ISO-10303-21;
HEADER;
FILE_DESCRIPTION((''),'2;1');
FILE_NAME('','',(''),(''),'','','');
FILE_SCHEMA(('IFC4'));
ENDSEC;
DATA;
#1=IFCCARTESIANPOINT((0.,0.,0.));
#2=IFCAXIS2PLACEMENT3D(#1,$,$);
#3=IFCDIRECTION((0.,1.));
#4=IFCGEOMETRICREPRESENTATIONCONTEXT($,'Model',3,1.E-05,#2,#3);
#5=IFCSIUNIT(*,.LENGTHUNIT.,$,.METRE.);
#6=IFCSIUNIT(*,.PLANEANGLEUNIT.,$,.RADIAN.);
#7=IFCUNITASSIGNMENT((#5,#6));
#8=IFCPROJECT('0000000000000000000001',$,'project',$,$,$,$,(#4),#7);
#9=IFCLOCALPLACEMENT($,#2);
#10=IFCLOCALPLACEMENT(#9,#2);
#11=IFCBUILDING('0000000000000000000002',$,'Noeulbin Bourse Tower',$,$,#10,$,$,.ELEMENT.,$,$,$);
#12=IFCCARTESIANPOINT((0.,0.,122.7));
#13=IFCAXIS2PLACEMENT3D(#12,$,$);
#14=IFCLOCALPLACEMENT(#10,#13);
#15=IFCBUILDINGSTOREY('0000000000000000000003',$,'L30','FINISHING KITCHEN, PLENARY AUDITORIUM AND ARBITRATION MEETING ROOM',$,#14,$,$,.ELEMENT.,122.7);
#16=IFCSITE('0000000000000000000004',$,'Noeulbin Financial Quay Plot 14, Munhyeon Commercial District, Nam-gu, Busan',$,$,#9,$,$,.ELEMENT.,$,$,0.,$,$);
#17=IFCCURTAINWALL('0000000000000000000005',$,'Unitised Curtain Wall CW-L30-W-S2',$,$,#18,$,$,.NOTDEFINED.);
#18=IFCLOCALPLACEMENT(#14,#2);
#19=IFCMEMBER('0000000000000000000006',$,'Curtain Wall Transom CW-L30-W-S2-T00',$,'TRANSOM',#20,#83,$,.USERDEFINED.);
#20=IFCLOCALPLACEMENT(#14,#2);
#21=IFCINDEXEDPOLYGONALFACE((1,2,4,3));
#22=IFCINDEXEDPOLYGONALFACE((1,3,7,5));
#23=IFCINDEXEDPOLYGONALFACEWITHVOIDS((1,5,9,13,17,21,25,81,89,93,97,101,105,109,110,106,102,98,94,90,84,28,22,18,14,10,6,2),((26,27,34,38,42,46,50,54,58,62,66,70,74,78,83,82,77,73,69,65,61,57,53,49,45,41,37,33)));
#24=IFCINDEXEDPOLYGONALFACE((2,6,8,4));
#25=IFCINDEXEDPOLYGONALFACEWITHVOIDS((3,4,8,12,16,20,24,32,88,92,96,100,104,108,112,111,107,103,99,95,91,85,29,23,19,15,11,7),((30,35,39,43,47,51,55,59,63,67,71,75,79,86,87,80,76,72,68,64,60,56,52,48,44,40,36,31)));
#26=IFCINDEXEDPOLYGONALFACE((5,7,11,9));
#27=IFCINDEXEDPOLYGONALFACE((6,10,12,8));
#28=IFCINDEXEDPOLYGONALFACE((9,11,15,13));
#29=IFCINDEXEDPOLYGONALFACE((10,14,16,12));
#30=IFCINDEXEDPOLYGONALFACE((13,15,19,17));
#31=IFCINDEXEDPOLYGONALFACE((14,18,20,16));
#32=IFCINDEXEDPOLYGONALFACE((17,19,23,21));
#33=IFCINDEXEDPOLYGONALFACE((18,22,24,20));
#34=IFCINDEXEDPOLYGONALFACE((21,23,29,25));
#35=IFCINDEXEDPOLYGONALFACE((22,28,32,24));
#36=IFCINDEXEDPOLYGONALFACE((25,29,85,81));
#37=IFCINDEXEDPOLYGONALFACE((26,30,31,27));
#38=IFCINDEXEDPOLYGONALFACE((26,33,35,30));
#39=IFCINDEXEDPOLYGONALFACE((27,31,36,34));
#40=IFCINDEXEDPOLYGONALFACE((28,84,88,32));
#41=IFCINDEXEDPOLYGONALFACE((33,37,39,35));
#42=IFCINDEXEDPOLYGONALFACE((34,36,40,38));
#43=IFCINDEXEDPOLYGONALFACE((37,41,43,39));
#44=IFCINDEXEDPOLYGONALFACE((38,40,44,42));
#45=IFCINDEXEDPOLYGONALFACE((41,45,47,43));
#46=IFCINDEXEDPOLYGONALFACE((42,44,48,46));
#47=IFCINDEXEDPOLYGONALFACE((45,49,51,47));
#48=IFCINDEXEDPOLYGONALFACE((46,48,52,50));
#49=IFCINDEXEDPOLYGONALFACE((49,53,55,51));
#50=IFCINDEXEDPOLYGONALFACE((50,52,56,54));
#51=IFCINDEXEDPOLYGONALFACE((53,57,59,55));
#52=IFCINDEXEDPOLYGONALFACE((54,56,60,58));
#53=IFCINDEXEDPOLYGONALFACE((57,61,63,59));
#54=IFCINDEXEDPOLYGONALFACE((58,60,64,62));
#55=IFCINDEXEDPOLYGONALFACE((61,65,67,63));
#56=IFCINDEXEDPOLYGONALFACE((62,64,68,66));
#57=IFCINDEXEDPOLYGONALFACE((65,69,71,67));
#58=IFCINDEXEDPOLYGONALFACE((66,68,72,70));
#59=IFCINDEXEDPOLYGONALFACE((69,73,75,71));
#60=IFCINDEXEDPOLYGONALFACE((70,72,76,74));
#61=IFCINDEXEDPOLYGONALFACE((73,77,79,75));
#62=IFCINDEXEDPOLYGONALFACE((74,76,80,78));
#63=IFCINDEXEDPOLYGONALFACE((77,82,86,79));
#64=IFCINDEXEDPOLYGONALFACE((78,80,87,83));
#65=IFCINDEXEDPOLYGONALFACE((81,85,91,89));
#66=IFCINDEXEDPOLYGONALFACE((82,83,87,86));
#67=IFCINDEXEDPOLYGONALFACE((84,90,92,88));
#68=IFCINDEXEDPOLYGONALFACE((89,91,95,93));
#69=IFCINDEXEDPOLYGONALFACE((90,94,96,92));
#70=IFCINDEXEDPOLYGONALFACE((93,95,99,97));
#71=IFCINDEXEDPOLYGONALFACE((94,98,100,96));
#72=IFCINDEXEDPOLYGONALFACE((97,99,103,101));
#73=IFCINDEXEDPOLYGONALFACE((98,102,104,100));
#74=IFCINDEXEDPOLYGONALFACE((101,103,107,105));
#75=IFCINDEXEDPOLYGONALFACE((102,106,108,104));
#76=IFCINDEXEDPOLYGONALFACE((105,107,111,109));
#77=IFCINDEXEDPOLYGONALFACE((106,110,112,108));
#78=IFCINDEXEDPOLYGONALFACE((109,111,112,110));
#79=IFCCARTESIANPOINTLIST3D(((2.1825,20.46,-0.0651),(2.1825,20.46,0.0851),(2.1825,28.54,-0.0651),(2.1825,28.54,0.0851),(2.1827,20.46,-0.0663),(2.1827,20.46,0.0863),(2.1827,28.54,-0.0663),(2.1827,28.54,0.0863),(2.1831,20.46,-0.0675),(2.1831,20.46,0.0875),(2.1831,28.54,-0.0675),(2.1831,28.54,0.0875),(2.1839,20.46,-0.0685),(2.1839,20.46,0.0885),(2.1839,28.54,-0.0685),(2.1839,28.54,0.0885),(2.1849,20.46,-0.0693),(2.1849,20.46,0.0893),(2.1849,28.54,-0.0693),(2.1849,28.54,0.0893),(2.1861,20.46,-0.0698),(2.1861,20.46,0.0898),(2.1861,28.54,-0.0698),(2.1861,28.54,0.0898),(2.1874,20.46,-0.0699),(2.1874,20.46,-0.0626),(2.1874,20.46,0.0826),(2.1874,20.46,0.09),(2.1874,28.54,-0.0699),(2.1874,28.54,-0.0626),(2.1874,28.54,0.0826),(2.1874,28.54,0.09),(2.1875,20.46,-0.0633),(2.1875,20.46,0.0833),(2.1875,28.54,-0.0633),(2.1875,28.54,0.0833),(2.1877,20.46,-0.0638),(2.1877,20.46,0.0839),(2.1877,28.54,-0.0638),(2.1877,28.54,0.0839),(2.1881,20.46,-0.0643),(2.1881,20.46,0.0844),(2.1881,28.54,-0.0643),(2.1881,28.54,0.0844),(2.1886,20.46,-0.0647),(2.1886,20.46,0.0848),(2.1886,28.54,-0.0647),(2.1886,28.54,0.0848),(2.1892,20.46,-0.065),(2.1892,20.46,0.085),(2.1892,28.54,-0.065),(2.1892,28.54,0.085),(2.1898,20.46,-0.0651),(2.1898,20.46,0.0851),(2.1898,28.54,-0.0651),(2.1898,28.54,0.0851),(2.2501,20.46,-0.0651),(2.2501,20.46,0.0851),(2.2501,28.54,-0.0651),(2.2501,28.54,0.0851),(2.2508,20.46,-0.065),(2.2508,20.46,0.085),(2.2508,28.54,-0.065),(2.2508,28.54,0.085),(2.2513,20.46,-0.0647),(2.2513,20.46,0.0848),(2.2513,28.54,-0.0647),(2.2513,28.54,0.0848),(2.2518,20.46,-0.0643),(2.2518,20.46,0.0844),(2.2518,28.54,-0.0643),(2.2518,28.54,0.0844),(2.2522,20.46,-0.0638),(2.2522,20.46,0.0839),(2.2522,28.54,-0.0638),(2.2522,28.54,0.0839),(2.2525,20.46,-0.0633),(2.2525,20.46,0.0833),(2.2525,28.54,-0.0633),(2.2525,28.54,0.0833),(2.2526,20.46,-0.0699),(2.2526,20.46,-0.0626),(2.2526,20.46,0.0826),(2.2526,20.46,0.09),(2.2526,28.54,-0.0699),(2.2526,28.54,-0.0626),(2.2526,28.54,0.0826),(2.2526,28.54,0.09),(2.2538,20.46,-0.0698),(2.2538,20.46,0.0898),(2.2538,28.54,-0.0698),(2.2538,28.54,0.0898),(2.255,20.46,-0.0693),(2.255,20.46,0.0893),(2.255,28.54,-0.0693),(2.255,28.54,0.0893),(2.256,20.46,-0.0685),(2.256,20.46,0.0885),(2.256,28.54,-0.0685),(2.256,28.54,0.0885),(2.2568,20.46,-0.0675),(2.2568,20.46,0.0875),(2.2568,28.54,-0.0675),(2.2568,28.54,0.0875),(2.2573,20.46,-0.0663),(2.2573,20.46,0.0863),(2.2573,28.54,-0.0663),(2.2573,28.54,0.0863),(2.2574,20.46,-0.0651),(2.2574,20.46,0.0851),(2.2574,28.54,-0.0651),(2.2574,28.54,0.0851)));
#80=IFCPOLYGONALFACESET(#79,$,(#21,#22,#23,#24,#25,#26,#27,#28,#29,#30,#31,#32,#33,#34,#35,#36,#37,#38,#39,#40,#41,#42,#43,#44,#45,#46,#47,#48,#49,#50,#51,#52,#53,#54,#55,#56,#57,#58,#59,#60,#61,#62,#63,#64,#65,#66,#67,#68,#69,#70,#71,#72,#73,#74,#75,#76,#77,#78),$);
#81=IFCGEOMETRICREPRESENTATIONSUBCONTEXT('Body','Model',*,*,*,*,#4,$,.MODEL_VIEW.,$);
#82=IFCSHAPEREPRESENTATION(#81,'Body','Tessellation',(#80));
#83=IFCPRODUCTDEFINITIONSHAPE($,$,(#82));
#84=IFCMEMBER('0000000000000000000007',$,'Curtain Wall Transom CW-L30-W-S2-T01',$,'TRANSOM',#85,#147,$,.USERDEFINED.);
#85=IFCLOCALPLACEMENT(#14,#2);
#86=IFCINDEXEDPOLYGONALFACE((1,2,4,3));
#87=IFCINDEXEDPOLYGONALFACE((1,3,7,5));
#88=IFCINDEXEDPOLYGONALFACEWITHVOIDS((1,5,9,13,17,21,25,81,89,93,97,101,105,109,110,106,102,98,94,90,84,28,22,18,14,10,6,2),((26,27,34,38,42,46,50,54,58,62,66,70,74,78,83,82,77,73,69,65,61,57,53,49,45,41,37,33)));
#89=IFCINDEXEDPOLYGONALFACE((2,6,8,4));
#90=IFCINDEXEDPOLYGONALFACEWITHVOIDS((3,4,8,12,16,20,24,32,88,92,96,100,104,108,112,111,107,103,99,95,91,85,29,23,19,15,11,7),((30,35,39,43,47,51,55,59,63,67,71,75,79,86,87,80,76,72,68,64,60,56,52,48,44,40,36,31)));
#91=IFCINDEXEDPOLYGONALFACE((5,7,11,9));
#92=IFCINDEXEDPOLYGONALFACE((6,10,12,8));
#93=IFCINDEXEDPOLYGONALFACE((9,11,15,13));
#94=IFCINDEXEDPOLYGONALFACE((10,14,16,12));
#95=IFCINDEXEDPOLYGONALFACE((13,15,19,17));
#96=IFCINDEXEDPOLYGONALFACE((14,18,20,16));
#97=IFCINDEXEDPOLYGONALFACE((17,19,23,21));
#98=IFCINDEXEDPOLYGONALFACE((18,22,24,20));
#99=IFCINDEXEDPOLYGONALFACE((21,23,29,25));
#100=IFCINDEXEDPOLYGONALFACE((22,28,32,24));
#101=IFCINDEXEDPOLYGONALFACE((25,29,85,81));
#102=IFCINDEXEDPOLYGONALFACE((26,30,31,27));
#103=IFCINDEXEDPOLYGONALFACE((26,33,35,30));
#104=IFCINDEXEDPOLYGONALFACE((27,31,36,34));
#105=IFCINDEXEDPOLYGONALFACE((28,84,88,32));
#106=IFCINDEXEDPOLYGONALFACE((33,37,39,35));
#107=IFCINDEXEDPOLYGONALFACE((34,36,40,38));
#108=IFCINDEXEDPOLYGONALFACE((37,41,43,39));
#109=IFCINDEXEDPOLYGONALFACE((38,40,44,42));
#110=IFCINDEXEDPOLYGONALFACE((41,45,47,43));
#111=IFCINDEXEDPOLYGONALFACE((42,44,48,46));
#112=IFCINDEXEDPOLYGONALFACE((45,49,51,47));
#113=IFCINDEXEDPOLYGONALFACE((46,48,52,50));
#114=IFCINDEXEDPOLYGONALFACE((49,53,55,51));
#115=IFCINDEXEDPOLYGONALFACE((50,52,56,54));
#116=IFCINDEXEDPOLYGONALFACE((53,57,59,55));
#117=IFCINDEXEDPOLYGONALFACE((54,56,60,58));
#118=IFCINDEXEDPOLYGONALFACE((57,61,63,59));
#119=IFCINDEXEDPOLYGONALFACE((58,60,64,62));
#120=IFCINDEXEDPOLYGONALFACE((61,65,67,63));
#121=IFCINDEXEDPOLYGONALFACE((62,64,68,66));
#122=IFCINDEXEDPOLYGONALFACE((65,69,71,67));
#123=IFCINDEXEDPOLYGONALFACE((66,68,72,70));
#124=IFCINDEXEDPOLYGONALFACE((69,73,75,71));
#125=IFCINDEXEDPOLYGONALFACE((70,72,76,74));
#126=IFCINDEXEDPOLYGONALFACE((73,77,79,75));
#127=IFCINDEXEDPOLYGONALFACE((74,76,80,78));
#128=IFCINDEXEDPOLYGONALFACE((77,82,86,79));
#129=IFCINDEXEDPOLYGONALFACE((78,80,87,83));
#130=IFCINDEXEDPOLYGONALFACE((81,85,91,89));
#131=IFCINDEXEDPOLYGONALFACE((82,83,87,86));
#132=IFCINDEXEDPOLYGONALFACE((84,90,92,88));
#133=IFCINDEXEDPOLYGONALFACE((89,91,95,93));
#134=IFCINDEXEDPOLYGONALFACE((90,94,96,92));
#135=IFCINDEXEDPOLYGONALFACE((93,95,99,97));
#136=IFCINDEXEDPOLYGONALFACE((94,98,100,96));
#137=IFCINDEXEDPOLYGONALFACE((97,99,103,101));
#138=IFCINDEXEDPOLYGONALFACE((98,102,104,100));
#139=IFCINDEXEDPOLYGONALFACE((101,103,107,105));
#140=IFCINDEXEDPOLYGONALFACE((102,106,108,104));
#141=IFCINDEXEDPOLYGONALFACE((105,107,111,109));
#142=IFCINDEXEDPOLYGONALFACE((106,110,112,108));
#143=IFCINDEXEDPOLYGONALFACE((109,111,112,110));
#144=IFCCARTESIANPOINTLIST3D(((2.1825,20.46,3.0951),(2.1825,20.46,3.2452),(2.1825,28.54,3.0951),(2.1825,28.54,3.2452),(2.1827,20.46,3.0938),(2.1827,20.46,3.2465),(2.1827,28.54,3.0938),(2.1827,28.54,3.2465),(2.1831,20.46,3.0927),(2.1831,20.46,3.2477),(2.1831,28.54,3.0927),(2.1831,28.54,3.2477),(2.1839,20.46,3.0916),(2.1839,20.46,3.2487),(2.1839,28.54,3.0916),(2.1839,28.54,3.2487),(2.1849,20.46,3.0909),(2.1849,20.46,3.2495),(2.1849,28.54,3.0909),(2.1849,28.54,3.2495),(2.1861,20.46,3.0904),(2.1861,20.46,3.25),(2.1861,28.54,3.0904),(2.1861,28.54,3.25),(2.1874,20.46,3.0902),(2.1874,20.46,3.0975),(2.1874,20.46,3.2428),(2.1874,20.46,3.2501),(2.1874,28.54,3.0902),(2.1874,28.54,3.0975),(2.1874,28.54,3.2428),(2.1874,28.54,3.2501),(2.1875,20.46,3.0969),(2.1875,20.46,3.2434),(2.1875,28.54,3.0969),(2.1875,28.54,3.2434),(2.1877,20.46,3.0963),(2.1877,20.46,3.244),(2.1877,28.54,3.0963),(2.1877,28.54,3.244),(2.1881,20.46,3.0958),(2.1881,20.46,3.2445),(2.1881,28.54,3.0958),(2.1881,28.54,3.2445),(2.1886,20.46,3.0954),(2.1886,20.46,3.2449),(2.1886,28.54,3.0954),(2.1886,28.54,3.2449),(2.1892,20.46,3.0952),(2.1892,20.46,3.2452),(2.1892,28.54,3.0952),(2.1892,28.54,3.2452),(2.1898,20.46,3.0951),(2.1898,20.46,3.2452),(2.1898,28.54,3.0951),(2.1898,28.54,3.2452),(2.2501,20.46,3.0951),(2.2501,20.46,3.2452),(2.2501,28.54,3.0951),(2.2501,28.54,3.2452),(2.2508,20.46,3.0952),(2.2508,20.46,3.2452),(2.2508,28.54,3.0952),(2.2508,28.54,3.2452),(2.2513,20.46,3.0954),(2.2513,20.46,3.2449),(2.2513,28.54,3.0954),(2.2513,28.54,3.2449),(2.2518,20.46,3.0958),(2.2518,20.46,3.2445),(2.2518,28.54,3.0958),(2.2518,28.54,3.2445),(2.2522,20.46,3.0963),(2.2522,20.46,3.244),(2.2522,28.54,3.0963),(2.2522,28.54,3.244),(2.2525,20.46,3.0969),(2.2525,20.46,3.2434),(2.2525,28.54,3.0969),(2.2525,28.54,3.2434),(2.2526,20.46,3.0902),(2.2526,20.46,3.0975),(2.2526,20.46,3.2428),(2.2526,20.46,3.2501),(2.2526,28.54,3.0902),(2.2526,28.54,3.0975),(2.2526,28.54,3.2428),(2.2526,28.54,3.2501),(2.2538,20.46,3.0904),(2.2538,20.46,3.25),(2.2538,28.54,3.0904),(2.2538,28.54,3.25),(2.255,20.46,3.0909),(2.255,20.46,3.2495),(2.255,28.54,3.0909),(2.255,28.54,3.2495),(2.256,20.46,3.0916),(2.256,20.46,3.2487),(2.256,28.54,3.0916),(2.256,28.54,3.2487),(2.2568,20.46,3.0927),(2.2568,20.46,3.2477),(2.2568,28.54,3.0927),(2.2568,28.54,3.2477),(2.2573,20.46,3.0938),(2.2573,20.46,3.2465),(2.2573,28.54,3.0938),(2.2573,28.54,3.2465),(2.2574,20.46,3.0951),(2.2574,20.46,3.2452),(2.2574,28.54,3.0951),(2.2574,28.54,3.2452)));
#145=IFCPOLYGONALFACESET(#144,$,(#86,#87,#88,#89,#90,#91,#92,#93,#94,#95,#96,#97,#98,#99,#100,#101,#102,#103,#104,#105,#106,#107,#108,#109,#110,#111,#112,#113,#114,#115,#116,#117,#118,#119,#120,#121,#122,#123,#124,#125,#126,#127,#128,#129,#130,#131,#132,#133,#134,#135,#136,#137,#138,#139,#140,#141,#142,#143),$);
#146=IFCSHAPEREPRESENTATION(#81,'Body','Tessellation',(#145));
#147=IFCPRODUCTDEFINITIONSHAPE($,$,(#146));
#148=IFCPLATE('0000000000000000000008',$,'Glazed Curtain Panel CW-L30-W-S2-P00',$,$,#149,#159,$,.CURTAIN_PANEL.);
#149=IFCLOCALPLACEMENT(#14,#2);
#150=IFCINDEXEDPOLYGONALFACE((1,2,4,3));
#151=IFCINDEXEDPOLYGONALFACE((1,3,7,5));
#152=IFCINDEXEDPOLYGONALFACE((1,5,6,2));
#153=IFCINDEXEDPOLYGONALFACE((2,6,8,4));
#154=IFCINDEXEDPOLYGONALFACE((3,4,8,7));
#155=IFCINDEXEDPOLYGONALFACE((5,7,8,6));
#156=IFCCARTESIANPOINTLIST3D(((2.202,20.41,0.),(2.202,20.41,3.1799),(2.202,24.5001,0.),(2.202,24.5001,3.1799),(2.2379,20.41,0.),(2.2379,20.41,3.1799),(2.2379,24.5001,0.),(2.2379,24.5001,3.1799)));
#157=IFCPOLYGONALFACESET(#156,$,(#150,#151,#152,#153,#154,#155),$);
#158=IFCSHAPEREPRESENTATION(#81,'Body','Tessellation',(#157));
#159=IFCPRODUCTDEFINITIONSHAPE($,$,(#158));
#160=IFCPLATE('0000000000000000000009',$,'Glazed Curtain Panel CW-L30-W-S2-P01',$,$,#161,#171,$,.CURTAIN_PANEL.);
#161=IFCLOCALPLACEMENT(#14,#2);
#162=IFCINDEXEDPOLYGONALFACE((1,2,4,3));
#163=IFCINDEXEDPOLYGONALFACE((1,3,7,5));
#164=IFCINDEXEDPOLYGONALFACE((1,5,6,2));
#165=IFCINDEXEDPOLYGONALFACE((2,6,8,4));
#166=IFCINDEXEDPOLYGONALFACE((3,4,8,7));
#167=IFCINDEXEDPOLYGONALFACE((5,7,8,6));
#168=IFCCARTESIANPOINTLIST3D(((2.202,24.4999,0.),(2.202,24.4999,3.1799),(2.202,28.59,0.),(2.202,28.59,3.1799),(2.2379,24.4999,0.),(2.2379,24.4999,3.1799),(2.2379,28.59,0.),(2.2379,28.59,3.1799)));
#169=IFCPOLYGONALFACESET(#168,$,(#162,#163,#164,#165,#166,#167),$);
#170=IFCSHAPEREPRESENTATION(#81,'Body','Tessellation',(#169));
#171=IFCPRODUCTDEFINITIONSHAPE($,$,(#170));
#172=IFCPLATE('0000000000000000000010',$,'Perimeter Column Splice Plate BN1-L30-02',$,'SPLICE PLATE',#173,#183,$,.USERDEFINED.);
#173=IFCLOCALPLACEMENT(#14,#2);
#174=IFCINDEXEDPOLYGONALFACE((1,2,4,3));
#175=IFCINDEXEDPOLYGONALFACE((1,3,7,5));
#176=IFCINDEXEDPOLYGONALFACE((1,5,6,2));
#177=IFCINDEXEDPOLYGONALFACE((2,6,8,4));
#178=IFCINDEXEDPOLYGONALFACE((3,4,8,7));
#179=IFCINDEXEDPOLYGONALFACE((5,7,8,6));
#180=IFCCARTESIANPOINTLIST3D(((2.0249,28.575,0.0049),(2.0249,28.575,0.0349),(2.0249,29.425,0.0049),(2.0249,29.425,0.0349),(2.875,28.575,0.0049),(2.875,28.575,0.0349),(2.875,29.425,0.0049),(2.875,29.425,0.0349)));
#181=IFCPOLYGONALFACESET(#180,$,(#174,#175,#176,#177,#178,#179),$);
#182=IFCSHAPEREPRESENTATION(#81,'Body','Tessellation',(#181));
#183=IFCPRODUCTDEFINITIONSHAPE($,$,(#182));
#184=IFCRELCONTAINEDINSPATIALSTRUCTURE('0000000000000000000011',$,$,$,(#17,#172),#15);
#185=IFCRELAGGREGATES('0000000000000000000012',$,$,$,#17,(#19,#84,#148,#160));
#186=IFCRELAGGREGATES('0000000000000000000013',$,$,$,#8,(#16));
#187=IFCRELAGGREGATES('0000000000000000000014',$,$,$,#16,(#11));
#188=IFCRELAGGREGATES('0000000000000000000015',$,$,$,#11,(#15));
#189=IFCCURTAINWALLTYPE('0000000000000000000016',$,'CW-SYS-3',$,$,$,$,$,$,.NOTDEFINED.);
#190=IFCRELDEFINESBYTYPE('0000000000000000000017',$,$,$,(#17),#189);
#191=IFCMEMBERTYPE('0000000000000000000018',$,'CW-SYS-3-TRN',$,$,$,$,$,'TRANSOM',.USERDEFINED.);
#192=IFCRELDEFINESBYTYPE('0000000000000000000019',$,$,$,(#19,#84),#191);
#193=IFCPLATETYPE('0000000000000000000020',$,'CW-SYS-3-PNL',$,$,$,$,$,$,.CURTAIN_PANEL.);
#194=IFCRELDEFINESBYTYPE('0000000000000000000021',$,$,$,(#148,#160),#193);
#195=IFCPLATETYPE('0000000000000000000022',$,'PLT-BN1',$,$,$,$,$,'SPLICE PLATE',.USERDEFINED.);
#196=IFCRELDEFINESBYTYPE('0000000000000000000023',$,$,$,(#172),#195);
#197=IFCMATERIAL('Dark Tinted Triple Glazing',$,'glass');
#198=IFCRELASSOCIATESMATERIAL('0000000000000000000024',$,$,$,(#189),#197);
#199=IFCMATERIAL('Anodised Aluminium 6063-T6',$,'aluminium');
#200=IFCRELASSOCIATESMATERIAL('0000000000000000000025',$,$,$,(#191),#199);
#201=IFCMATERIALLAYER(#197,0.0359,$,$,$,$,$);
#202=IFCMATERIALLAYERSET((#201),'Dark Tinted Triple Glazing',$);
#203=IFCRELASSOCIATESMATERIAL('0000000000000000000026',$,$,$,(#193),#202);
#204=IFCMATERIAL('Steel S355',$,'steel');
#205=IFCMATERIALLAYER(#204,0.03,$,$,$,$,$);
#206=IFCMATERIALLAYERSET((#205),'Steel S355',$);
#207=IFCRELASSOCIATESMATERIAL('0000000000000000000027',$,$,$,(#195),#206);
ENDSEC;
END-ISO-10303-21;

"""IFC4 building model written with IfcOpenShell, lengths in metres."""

from ifc_helpers import new_model, si_unit, direction, frame, origin, origin_2d, place, context, subcontext, project, spatial, rectangle, hollow_rectangle, extrude, material, layer, layer_set, material_profile, profile_set, type_object, element, aggregate, save


model = new_model("IFC4")

# Units and contexts
model_context = context("Model", 3, precision=1e-05, world=origin(), true_north=direction((0.0, 1.0)))
body_context = subcontext(model_context, "Body", "Model", "MODEL_VIEW")
ifc_project = project(units=[si_unit("LENGTHUNIT", "METRE"), si_unit("PLANEANGLEUNIT", "RADIAN")], contexts=[model_context])

# Site, building, storey
site_placement = place(None, origin())
site = spatial("IfcSite", under=ifc_project, at=site_placement, Name="Noeulbin Financial Quay Plot 14, Munhyeon Commercial District, Nam-gu, Busan", CompositionType="ELEMENT", RefElevation=0.0)
building_placement = place(site_placement, origin())
building = spatial("IfcBuilding", under=site, at=building_placement, Name="Noeulbin Bourse Tower", CompositionType="ELEMENT")
storey_placement = place(building_placement, frame((0.0, 0.0, 122.7)))
storey = spatial("IfcBuildingStorey", under=building, at=storey_placement, Name="L30", Description="FINISHING KITCHEN, PLENARY AUDITORIUM AND ARBITRATION MEETING ROOM", CompositionType="ELEMENT", Elevation=122.7)

# Shared definitions
ifc_material_1 = material(Name="Steel S355", Category="steel")

# Curtain wall, members, plates
ifc_material_2 = material(Name="Dark Tinted Triple Glazing", Category="glass")
curtain_wall_type = type_object("IfcCurtainWallType", Name="CW-SYS-3", PredefinedType="NOTDEFINED", material=ifc_material_2)
curtain_wall_placement = place(storey_placement, origin())
curtain_wall = element("IfcCurtainWall", 1, at=curtain_wall_placement, inside=storey, type_object=curtain_wall_type, Name="Unitised Curtain Wall CW-L30-W-S2", PredefinedType="NOTDEFINED")
ifc_material_3 = material(Name="Anodised Aluminium 6063-T6", Category="aluminium")
ifc_material_profile_1 = material_profile(ifc_material_3, hollow_rectangle(XDim=0.075, YDim=0.1599, WallThickness=0.0049, InnerFilletRadius=0.0024, OuterFilletRadius=0.0049, at=origin_2d()), Name="ALU-TRAN-75x160x5", Category="LoadBearing")
ifc_profile_set_1 = profile_set([ifc_material_profile_1], Name="Anodised Aluminium 6063-T6")
member_type_1 = type_object("IfcMemberType", Name="CW-SYS-3-TRN", ElementType="TRANSOM", PredefinedType="USERDEFINED", material=ifc_profile_set_1)
member_1_placement = place(storey_placement, frame((2.22, 20.46, 0.01), z_axis=(0.0, 1.0, 0.0), x_axis=(-1.0, 0.0, 0.0)))
member_1 = element("IfcMember", 2, at=member_1_placement, type_object=member_type_1, Name="Curtain Wall Transom CW-L30-W-S2-T00", ObjectType="TRANSOM", PredefinedType="USERDEFINED", context=body_context, shape_type="SweptSolid", body=[
    extrude(hollow_rectangle(XDim=0.075, YDim=0.1599, WallThickness=0.0049, InnerFilletRadius=0.0024, OuterFilletRadius=0.0049, at=origin_2d()), origin(), (0.0, 0.0, 1.0), 8.0801),
])
member_2_placement = place(storey_placement, frame((2.22, 20.46, 3.1702), z_axis=(0.0, 1.0, 0.0), x_axis=(-1.0, 0.0, 0.0)))
member_2 = element("IfcMember", 3, at=member_2_placement, type_object=member_type_1, Name="Curtain Wall Transom CW-L30-W-S2-T01", ObjectType="TRANSOM", PredefinedType="USERDEFINED", context=body_context, shape_type="SweptSolid", body=[
    extrude(hollow_rectangle(XDim=0.075, YDim=0.1599, WallThickness=0.0049, InnerFilletRadius=0.0024, OuterFilletRadius=0.0049, at=origin_2d()), origin(), (0.0, 0.0, 1.0), 8.0801),
])
ifc_layer_1 = layer(ifc_material_2, 0.0359)
ifc_layer_set_1 = layer_set([ifc_layer_1], Name="Dark Tinted Triple Glazing")
plate_type_1 = type_object("IfcPlateType", Name="CW-SYS-3-PNL", PredefinedType="CURTAIN_PANEL", material=ifc_layer_set_1)
plate_1_placement = place(storey_placement, frame((2.22, 22.4551, 0.0), z_axis=(0.0, 0.0, 1.0), x_axis=(0.0, 1.0, 0.0)))
plate_1 = element("IfcPlate", 4, at=plate_1_placement, type_object=plate_type_1, Name="Glazed Curtain Panel CW-L30-W-S2-P00", PredefinedType="CURTAIN_PANEL", context=body_context, shape_type="SweptSolid", body=[
    extrude(rectangle(XDim=4.0901, YDim=0.0359, at=origin_2d()), origin(), (0.0, 0.0, 1.0), 3.1799),
])
plate_2_placement = place(storey_placement, frame((2.22, 26.5449, 0.0), z_axis=(0.0, 0.0, 1.0), x_axis=(0.0, 1.0, 0.0)))
plate_2 = element("IfcPlate", 5, at=plate_2_placement, type_object=plate_type_1, Name="Glazed Curtain Panel CW-L30-W-S2-P01", PredefinedType="CURTAIN_PANEL", context=body_context, shape_type="SweptSolid", body=[
    extrude(rectangle(XDim=4.0901, YDim=0.0359, at=origin_2d()), origin(), (0.0, 0.0, 1.0), 3.1799),
])
aggregate(curtain_wall, [member_1, member_2, plate_1, plate_2])

# Plate
ifc_layer_2 = layer(ifc_material_1, 0.03)
ifc_layer_set_2 = layer_set([ifc_layer_2], Name="Steel S355")
plate_type_2 = type_object("IfcPlateType", Name="PLT-BN1", ElementType="SPLICE PLATE", PredefinedType="USERDEFINED", material=ifc_layer_set_2)
plate_3_placement = place(storey_placement, frame((2.45, 29.0, 0.0049), z_axis=(0.0, 0.0, 1.0), x_axis=(1.0, 0.0, 0.0)))
element("IfcPlate", 6, at=plate_3_placement, inside=storey, type_object=plate_type_2, Name="Perimeter Column Splice Plate BN1-L30-02", ObjectType="SPLICE PLATE", PredefinedType="USERDEFINED", context=body_context, shape_type="SweptSolid", body=[
    extrude(rectangle(XDim=0.8501, YDim=0.8501, at=origin_2d()), origin(), (0.0, 0.0, 1.0), 0.03),
])

save(model, "model.ifc")
